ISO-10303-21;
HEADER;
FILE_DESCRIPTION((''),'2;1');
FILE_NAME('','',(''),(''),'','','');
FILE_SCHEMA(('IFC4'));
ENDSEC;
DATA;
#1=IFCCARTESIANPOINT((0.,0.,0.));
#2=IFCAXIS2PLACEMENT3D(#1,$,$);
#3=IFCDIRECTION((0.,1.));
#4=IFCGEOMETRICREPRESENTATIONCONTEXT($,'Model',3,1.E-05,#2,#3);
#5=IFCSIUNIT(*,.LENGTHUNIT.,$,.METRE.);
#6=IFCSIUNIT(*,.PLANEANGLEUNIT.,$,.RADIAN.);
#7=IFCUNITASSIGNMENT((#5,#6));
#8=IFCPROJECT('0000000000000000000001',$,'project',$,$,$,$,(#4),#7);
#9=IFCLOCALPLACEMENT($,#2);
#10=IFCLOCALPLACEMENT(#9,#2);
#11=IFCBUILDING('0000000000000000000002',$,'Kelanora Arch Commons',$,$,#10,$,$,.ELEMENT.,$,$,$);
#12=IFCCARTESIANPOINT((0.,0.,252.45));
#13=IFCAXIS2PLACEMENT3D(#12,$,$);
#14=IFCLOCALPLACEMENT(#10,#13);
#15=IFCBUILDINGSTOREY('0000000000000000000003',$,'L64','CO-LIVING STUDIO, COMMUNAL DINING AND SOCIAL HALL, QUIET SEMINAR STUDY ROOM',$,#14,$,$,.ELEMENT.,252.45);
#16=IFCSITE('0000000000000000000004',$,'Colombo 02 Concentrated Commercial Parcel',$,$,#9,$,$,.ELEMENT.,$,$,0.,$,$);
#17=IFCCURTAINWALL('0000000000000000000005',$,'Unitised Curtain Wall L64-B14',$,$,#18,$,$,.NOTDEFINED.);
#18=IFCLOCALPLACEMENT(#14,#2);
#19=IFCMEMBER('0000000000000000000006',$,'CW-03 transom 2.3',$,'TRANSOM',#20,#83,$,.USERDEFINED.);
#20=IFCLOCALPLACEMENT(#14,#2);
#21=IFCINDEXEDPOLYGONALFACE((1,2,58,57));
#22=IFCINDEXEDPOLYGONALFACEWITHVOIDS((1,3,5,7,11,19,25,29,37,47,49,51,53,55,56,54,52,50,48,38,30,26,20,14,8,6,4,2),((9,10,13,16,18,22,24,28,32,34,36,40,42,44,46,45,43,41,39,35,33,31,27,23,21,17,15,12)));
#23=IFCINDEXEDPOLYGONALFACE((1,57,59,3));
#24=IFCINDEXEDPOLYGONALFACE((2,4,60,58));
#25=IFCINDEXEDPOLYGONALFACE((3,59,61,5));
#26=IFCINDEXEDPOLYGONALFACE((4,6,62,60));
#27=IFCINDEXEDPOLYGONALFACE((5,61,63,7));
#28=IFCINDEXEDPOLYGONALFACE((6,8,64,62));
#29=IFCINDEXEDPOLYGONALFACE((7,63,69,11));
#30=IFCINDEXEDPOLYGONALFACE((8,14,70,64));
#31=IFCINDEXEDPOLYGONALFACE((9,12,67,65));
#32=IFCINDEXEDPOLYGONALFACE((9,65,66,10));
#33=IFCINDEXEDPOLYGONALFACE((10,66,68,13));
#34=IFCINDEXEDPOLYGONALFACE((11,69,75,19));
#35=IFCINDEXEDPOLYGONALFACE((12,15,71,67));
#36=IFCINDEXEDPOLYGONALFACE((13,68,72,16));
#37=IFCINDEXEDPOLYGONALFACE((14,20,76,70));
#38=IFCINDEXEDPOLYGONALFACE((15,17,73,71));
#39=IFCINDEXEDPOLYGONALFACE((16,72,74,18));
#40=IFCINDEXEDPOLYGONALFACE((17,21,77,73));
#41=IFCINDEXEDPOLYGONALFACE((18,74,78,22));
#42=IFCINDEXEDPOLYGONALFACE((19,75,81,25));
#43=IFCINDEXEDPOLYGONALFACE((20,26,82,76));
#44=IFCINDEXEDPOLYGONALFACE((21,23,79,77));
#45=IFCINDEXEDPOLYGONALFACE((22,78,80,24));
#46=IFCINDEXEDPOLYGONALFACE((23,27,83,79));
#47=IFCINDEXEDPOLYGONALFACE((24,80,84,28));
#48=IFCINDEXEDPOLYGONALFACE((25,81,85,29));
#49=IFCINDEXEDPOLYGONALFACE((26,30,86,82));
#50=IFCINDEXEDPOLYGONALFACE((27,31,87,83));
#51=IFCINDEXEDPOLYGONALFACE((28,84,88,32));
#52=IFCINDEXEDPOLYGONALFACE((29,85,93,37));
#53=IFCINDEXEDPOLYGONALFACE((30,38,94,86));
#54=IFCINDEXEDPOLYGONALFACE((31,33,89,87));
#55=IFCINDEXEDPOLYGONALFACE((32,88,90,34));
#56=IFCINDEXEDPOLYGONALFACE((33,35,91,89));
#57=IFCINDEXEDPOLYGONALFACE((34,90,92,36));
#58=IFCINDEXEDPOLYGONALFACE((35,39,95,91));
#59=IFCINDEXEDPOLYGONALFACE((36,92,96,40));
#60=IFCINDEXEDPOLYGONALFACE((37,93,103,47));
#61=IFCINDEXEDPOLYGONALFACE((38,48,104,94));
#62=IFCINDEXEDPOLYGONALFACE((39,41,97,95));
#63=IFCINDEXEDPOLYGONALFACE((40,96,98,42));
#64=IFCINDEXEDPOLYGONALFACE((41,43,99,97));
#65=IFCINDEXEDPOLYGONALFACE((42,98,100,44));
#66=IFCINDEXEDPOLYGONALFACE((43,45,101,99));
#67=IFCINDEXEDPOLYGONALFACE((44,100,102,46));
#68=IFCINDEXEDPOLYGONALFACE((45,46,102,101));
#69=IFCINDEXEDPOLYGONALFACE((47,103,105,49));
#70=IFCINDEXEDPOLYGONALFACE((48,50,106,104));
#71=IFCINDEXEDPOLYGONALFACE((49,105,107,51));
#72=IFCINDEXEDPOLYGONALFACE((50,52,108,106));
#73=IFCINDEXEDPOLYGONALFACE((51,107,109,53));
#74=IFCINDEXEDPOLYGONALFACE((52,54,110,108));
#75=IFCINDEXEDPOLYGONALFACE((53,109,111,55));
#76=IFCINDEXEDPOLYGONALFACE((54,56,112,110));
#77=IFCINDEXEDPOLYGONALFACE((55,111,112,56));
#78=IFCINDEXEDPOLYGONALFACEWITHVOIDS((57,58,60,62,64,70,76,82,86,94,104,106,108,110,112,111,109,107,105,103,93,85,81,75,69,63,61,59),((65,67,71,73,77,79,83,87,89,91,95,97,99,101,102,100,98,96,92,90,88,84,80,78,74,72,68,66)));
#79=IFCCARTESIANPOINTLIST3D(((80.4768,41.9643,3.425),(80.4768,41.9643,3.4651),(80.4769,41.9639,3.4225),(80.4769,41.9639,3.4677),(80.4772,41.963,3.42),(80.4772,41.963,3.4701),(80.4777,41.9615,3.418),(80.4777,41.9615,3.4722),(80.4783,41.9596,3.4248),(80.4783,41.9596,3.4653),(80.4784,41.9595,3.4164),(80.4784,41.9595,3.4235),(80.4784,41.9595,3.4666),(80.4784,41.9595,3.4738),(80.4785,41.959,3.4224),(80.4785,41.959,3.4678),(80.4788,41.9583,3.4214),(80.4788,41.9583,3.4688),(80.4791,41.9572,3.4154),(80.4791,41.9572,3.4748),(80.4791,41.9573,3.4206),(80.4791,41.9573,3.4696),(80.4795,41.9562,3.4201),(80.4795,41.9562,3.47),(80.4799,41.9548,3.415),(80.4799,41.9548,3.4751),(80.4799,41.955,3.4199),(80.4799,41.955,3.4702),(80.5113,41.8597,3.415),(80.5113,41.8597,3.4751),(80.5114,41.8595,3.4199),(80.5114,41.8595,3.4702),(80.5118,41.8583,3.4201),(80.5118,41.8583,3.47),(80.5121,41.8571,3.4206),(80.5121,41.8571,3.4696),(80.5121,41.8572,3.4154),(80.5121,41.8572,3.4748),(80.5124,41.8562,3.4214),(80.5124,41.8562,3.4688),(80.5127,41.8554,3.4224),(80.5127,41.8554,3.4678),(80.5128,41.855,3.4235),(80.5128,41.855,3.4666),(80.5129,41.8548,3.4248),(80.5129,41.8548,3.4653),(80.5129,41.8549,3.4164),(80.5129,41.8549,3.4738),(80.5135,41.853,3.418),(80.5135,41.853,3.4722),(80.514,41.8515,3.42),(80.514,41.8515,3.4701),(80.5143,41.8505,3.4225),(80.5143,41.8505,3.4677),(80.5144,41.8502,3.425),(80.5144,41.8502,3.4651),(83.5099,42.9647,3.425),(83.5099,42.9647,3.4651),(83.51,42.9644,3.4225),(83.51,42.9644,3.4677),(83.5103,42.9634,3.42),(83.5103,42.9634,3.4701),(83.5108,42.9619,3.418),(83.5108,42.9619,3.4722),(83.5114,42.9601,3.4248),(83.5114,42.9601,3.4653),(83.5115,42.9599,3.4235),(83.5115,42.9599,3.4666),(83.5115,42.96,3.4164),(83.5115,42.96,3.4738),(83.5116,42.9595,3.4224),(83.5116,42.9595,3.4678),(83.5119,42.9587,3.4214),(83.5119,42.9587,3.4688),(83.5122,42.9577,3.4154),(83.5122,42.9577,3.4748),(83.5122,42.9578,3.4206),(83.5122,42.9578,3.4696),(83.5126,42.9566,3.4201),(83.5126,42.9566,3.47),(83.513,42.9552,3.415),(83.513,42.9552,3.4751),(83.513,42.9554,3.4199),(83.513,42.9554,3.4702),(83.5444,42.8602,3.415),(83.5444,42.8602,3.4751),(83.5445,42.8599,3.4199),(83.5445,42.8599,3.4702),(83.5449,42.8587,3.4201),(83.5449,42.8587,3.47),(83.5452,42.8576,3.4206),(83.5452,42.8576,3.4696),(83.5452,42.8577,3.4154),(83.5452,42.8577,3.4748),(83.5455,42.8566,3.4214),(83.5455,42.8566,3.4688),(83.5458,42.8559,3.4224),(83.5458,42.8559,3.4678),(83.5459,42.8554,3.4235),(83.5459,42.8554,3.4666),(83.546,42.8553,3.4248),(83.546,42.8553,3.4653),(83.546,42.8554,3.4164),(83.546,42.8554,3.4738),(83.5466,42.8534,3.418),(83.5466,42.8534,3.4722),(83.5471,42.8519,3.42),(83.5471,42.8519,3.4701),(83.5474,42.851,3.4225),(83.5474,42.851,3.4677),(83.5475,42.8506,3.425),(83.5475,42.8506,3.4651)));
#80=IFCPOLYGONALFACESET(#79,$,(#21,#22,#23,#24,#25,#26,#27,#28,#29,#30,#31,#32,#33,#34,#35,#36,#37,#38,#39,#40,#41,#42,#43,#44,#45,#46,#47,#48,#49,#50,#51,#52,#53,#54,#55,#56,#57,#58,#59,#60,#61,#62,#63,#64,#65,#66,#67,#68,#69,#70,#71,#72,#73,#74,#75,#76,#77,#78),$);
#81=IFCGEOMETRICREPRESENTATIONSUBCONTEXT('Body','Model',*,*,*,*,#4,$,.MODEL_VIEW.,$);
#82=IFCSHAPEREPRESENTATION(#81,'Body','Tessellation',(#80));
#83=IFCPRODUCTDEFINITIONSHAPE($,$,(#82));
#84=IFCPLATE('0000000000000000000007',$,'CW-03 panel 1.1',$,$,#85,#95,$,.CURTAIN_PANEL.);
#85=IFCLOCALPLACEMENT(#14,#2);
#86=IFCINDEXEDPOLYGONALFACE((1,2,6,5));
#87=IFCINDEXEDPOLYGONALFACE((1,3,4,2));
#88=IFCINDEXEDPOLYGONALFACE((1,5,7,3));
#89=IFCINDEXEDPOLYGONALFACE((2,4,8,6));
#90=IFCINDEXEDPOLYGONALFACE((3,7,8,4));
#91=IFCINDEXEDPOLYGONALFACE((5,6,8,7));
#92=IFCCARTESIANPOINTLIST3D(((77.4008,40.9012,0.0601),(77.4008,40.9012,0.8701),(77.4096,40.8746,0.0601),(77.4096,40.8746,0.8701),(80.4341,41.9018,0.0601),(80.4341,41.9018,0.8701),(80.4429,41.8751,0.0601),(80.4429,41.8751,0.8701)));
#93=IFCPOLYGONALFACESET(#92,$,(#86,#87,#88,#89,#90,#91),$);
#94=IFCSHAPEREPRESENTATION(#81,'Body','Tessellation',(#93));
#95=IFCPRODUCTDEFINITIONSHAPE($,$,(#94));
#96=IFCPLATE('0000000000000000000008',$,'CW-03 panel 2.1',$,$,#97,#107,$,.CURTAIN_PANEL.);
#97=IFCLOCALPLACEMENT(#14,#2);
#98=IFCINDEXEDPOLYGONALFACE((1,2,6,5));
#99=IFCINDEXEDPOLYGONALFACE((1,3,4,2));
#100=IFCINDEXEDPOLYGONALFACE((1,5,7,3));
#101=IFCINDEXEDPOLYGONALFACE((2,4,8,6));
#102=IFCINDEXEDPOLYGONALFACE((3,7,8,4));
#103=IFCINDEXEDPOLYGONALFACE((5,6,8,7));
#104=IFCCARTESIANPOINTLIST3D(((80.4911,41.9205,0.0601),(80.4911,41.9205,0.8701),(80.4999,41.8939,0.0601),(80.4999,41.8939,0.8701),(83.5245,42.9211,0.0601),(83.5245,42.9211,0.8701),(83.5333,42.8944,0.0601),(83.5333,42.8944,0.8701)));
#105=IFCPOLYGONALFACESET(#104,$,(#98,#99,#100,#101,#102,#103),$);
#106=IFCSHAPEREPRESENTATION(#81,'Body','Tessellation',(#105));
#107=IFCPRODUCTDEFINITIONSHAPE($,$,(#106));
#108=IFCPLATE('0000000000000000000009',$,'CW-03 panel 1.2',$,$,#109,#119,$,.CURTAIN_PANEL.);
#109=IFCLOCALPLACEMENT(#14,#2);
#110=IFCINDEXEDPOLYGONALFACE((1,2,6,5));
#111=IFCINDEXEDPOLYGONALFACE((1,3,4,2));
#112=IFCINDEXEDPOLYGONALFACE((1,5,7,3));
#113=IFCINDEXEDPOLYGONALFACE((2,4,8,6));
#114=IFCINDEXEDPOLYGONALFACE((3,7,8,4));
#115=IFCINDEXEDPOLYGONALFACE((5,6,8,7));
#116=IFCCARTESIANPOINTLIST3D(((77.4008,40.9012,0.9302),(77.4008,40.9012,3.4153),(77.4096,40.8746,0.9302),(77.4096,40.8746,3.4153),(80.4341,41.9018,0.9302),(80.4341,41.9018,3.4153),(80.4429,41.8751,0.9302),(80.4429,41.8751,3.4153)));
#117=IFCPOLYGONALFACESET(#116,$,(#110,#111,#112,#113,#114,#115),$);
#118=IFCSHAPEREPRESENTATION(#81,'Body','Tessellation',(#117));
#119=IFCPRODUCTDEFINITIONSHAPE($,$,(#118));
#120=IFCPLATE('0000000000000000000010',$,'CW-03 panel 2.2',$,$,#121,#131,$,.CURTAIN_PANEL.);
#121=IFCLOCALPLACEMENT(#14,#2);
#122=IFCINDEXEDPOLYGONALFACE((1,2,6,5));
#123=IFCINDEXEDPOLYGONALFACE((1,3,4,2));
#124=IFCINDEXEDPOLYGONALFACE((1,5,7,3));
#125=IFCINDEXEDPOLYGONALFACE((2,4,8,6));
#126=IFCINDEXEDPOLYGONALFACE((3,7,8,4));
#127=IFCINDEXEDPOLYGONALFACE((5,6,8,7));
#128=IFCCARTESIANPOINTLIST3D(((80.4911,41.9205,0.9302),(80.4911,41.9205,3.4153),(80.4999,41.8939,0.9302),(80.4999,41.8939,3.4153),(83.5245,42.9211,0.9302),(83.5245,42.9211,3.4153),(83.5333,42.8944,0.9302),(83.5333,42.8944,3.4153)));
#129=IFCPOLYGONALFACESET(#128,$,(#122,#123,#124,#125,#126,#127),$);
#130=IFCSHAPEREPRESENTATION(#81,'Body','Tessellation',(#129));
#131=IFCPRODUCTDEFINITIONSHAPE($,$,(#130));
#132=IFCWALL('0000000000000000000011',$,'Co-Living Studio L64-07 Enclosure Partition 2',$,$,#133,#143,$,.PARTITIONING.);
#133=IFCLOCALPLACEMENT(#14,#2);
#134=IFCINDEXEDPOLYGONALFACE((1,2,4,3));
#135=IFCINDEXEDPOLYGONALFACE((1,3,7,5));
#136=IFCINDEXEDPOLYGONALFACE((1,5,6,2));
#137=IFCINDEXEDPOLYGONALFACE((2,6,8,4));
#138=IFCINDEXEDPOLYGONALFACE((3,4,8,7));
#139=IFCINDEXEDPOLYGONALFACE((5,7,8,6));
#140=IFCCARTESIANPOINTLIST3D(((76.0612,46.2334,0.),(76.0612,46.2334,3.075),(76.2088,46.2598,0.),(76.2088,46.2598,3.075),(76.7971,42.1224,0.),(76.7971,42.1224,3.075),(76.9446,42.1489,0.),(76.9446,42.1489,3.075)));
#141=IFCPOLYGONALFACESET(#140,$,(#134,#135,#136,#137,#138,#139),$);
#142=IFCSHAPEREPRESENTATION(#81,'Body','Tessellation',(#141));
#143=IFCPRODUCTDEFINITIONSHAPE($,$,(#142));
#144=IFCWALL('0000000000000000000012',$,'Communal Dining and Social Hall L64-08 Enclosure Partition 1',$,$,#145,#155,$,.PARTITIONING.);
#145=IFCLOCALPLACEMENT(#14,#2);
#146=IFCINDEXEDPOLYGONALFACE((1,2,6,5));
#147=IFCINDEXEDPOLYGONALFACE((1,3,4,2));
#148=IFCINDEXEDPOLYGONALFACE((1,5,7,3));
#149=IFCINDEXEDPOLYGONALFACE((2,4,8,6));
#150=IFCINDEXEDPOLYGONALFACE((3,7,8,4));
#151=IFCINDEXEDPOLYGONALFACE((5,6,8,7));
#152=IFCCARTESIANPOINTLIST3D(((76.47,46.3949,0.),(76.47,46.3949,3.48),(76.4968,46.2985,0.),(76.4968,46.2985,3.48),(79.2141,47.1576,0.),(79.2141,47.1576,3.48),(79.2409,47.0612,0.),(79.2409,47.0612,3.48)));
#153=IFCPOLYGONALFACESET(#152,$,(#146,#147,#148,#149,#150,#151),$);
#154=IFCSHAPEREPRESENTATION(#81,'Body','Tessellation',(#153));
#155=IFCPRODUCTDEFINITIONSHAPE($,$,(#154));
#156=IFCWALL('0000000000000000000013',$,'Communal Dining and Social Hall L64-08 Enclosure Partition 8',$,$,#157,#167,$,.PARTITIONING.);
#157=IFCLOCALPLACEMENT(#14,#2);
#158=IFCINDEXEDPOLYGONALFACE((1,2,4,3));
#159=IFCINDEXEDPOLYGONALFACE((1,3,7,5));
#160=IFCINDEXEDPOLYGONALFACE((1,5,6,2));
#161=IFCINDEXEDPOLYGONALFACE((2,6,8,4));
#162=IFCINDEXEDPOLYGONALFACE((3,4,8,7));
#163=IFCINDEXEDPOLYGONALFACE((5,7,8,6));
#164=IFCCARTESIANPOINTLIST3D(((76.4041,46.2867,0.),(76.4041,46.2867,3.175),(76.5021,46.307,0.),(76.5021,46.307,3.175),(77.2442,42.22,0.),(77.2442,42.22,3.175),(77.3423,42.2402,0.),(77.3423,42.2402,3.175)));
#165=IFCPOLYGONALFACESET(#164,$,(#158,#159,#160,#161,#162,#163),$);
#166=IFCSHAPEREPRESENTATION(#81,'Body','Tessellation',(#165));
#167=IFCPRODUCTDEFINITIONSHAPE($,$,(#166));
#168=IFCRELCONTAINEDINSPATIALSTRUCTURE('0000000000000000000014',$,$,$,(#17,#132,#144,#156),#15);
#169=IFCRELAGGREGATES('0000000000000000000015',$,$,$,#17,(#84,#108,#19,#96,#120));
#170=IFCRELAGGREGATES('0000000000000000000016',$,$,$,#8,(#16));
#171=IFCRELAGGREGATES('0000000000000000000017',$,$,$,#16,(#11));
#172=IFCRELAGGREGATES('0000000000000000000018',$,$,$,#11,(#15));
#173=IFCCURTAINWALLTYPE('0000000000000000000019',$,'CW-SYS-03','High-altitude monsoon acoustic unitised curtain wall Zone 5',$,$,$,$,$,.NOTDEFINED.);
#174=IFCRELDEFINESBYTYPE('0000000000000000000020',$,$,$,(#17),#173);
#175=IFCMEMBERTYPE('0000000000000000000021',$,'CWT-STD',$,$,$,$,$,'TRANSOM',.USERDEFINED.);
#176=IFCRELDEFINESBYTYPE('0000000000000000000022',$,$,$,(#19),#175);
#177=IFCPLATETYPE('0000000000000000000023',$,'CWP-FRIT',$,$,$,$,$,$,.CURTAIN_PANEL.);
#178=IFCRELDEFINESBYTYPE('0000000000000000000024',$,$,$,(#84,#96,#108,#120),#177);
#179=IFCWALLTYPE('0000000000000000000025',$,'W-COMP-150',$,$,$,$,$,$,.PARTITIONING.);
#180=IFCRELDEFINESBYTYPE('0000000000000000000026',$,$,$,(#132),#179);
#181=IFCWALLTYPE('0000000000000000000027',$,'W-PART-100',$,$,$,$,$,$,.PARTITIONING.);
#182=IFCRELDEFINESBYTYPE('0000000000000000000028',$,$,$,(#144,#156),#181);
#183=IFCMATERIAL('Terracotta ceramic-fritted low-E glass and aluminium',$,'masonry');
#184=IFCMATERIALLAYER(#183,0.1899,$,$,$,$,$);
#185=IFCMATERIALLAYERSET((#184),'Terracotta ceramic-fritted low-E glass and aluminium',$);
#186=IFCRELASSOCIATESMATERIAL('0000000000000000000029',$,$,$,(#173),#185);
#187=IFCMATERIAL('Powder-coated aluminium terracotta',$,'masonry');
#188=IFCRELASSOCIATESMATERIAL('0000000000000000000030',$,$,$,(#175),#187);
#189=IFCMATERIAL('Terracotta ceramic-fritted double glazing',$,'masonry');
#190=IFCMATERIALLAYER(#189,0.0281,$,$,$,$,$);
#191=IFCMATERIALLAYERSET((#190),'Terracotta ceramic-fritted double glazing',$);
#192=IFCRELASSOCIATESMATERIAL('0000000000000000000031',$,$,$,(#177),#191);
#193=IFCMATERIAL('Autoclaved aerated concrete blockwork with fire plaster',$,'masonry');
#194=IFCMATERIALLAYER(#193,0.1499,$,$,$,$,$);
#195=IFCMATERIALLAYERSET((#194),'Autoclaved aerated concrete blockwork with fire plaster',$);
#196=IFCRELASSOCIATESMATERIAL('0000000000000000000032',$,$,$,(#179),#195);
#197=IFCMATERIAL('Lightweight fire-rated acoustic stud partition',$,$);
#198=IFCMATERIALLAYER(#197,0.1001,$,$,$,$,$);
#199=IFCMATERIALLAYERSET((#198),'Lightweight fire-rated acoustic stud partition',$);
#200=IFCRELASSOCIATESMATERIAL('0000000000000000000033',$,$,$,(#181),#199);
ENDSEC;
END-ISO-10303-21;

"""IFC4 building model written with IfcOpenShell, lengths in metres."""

from ifc_helpers import new_model, si_unit, direction, frame, frame_2d, origin, origin_2d, place, context, subcontext, project, spatial, rectangle, hollow_rectangle, extrude, source, transform, mapped, material, layer, layer_set, material_profile, profile_set, type_object, element, aggregate, save


model = new_model("IFC4")

# Units and contexts
model_context = context("Model", 3, precision=1e-05, world=origin(), true_north=direction((0.0, 1.0)))
body_context = subcontext(model_context, "Body", "Model", "MODEL_VIEW")
ifc_project = project(units=[si_unit("LENGTHUNIT", "METRE"), si_unit("PLANEANGLEUNIT", "RADIAN")], contexts=[model_context])

# Site, building, storey
site_placement = place(None, origin())
site = spatial("IfcSite", under=ifc_project, at=site_placement, Name="Colombo 02 Concentrated Commercial Parcel", CompositionType="ELEMENT", RefElevation=0.0)
building_placement = place(site_placement, origin())
building = spatial("IfcBuilding", under=site, at=building_placement, Name="Kelanora Arch Commons", CompositionType="ELEMENT")
storey_placement = place(building_placement, frame((0.0, 0.0, 252.45)))
storey = spatial("IfcBuildingStorey", under=building, at=storey_placement, Name="L64", Description="CO-LIVING STUDIO, COMMUNAL DINING AND SOCIAL HALL, QUIET SEMINAR STUDY ROOM", CompositionType="ELEMENT", Elevation=252.45)

# Curtain wall, member, plates
ifc_material_1 = material(Name="Terracotta ceramic-fritted low-E glass and aluminium", Category="masonry")
ifc_layer_1 = layer(ifc_material_1, 0.1899)
ifc_layer_set_1 = layer_set([ifc_layer_1], Name="Terracotta ceramic-fritted low-E glass and aluminium")
curtain_wall_type = type_object("IfcCurtainWallType", Name="CW-SYS-03", Description="High-altitude monsoon acoustic unitised curtain wall Zone 5", PredefinedType="NOTDEFINED", material=ifc_layer_set_1)
curtain_wall_placement = place(storey_placement, origin())
curtain_wall = element("IfcCurtainWall", 1, at=curtain_wall_placement, inside=storey, type_object=curtain_wall_type, Name="Unitised Curtain Wall L64-B14", PredefinedType="NOTDEFINED")
ifc_material_2 = material(Name="Powder-coated aluminium terracotta", Category="masonry")
ifc_material_profile_1 = material_profile(ifc_material_2, hollow_rectangle(XDim=0.1201, YDim=0.0601, WallThickness=0.0049, InnerFilletRadius=0.0049, OuterFilletRadius=0.01, at=origin_2d()), Name="CWT120x60")
ifc_profile_set_1 = profile_set([ifc_material_profile_1], Name="Powder-coated aluminium terracotta")
member_type_1 = type_object("IfcMemberType", Name="CWT-STD", ElementType="TRANSOM", PredefinedType="USERDEFINED", material=ifc_profile_set_1)
member_1_placement = place(storey_placement, frame((80.4956, 41.9072, 3.4451), z_axis=(0.949672, 0.313245, 0.0), x_axis=(-0.313245, 0.949672, 0.0)))
member_1 = element("IfcMember", 2, at=member_1_placement, type_object=member_type_1, Name="CW-03 transom 2.3", ObjectType="TRANSOM", PredefinedType="USERDEFINED", context=body_context, shape_type="SweptSolid", body=[
    extrude(hollow_rectangle(XDim=0.1201, YDim=0.0601, WallThickness=0.0049, InnerFilletRadius=0.0049, OuterFilletRadius=0.01, at=origin_2d()), origin(), (0.0, 0.0, 1.0), 3.1938),
])
ifc_material_3 = material(Name="Terracotta ceramic-fritted double glazing", Category="masonry")
ifc_layer_2 = layer(ifc_material_3, 0.0281)
ifc_layer_set_2 = layer_set([ifc_layer_2], Name="Terracotta ceramic-fritted double glazing")
plate_type = type_object("IfcPlateType", Name="CWP-FRIT", PredefinedType="CURTAIN_PANEL", material=ifc_layer_set_2)
shared_shape_1 = source(origin(), body_context, "Body", "SweptSolid", [
    extrude(rectangle(XDim=3.1941, YDim=0.0281, at=origin_2d()), origin(), (0.0, 0.0, 1.0), 0.8101),
])
plate_1_placement = place(storey_placement, frame((78.9219, 41.3882, 0.0601), z_axis=(0.0, 0.0, 1.0), x_axis=(0.94967, 0.313253, 0.0)))
plate_1 = element("IfcPlate", 3, at=plate_1_placement, type_object=plate_type, Name="CW-03 panel 1.1", PredefinedType="CURTAIN_PANEL", context=body_context, shape_type="MappedRepresentation", body=[
    mapped(shared_shape_1, transform((0.0, 0.0, 0.0), scale=1.0)),
])
plate_2_placement = place(storey_placement, frame((82.0122, 42.4075, 0.0601), z_axis=(0.0, 0.0, 1.0), x_axis=(0.94967, 0.313253, 0.0)))
plate_2 = element("IfcPlate", 4, at=plate_2_placement, type_object=plate_type, Name="CW-03 panel 2.1", PredefinedType="CURTAIN_PANEL", context=body_context, shape_type="MappedRepresentation", body=[
    mapped(shared_shape_1, transform((0.0, 0.0, 0.0), scale=1.0)),
])
shared_shape_2 = source(origin(), body_context, "Body", "SweptSolid", [
    extrude(rectangle(XDim=3.1941, YDim=0.0281, at=origin_2d()), origin(), (0.0, 0.0, 1.0), 2.4851),
])
plate_3_placement = place(storey_placement, frame((78.9219, 41.3882, 0.9302), z_axis=(0.0, 0.0, 1.0), x_axis=(0.94967, 0.313253, 0.0)))
plate_3 = element("IfcPlate", 5, at=plate_3_placement, type_object=plate_type, Name="CW-03 panel 1.2", PredefinedType="CURTAIN_PANEL", context=body_context, shape_type="MappedRepresentation", body=[
    mapped(shared_shape_2, transform((0.0, 0.0, 0.0), scale=1.0)),
])
plate_4_placement = place(storey_placement, frame((82.0122, 42.4075, 0.9302), z_axis=(0.0, 0.0, 1.0), x_axis=(0.94967, 0.313253, 0.0)))
plate_4 = element("IfcPlate", 6, at=plate_4_placement, type_object=plate_type, Name="CW-03 panel 2.2", PredefinedType="CURTAIN_PANEL", context=body_context, shape_type="MappedRepresentation", body=[
    mapped(shared_shape_2, transform((0.0, 0.0, 0.0), scale=1.0)),
])
aggregate(curtain_wall, [plate_1, plate_3, member_1, plate_2, plate_4])

# Walls
ifc_material_4 = material(Name="Autoclaved aerated concrete blockwork with fire plaster", Category="masonry")
ifc_layer_3 = layer(ifc_material_4, 0.1499)
ifc_layer_set_3 = layer_set([ifc_layer_3], Name="Autoclaved aerated concrete blockwork with fire plaster")
wall_type_1 = type_object("IfcWallType", Name="W-COMP-150", PredefinedType="PARTITIONING", material=ifc_layer_set_3)
wall_1_placement = place(storey_placement, frame((76.135, 46.2466, 0.0), z_axis=(0.0, 0.0, 1.0), x_axis=(0.176199, -0.984355, 0.0)))
element("IfcWall", 7, at=wall_1_placement, inside=storey, type_object=wall_type_1, Name="Co-Living Studio L64-07 Enclosure Partition 2", PredefinedType="PARTITIONING", context=body_context, shape_type="SweptSolid", body=[
    extrude(rectangle(XDim=4.1763, YDim=0.1499, at=frame_2d((2.0881, 0.0))), origin(), (0.0, 0.0, 1.0), 3.075),
])
ifc_material_5 = material(Name="Lightweight fire-rated acoustic stud partition")
ifc_layer_4 = layer(ifc_material_5, 0.1001)
ifc_layer_set_4 = layer_set([ifc_layer_4], Name="Lightweight fire-rated acoustic stud partition")
wall_type_2 = type_object("IfcWallType", Name="W-PART-100", PredefinedType="PARTITIONING", material=ifc_layer_set_4)
wall_2_placement = place(storey_placement, frame((76.4834, 46.3467, 0.0), z_axis=(0.0, 0.0, 1.0), x_axis=(0.963479, 0.267785, 0.0)))
element("IfcWall", 8, at=wall_2_placement, inside=storey, type_object=wall_type_2, Name="Communal Dining and Social Hall L64-08 Enclosure Partition 1", PredefinedType="PARTITIONING", context=body_context, shape_type="SweptSolid", body=[
    extrude(rectangle(XDim=2.8481, YDim=0.1001, at=frame_2d((1.4241, 0.0))), origin(), (0.0, 0.0, 1.0), 3.48),
])
wall_3_placement = place(storey_placement, frame((77.2932, 42.2302, 0.0), z_axis=(0.0, 0.0, 1.0), x_axis=(-0.202308, 0.979322, 0.0)))
element("IfcWall", 9, at=wall_3_placement, inside=storey, type_object=wall_type_2, Name="Communal Dining and Social Hall L64-08 Enclosure Partition 8", PredefinedType="PARTITIONING", context=body_context, shape_type="SweptSolid", body=[
    extrude(rectangle(XDim=4.1526, YDim=0.1001, at=frame_2d((2.0762, 0.0))), origin(), (0.0, 0.0, 1.0), 3.175),
])

save(model, "model.ifc")
